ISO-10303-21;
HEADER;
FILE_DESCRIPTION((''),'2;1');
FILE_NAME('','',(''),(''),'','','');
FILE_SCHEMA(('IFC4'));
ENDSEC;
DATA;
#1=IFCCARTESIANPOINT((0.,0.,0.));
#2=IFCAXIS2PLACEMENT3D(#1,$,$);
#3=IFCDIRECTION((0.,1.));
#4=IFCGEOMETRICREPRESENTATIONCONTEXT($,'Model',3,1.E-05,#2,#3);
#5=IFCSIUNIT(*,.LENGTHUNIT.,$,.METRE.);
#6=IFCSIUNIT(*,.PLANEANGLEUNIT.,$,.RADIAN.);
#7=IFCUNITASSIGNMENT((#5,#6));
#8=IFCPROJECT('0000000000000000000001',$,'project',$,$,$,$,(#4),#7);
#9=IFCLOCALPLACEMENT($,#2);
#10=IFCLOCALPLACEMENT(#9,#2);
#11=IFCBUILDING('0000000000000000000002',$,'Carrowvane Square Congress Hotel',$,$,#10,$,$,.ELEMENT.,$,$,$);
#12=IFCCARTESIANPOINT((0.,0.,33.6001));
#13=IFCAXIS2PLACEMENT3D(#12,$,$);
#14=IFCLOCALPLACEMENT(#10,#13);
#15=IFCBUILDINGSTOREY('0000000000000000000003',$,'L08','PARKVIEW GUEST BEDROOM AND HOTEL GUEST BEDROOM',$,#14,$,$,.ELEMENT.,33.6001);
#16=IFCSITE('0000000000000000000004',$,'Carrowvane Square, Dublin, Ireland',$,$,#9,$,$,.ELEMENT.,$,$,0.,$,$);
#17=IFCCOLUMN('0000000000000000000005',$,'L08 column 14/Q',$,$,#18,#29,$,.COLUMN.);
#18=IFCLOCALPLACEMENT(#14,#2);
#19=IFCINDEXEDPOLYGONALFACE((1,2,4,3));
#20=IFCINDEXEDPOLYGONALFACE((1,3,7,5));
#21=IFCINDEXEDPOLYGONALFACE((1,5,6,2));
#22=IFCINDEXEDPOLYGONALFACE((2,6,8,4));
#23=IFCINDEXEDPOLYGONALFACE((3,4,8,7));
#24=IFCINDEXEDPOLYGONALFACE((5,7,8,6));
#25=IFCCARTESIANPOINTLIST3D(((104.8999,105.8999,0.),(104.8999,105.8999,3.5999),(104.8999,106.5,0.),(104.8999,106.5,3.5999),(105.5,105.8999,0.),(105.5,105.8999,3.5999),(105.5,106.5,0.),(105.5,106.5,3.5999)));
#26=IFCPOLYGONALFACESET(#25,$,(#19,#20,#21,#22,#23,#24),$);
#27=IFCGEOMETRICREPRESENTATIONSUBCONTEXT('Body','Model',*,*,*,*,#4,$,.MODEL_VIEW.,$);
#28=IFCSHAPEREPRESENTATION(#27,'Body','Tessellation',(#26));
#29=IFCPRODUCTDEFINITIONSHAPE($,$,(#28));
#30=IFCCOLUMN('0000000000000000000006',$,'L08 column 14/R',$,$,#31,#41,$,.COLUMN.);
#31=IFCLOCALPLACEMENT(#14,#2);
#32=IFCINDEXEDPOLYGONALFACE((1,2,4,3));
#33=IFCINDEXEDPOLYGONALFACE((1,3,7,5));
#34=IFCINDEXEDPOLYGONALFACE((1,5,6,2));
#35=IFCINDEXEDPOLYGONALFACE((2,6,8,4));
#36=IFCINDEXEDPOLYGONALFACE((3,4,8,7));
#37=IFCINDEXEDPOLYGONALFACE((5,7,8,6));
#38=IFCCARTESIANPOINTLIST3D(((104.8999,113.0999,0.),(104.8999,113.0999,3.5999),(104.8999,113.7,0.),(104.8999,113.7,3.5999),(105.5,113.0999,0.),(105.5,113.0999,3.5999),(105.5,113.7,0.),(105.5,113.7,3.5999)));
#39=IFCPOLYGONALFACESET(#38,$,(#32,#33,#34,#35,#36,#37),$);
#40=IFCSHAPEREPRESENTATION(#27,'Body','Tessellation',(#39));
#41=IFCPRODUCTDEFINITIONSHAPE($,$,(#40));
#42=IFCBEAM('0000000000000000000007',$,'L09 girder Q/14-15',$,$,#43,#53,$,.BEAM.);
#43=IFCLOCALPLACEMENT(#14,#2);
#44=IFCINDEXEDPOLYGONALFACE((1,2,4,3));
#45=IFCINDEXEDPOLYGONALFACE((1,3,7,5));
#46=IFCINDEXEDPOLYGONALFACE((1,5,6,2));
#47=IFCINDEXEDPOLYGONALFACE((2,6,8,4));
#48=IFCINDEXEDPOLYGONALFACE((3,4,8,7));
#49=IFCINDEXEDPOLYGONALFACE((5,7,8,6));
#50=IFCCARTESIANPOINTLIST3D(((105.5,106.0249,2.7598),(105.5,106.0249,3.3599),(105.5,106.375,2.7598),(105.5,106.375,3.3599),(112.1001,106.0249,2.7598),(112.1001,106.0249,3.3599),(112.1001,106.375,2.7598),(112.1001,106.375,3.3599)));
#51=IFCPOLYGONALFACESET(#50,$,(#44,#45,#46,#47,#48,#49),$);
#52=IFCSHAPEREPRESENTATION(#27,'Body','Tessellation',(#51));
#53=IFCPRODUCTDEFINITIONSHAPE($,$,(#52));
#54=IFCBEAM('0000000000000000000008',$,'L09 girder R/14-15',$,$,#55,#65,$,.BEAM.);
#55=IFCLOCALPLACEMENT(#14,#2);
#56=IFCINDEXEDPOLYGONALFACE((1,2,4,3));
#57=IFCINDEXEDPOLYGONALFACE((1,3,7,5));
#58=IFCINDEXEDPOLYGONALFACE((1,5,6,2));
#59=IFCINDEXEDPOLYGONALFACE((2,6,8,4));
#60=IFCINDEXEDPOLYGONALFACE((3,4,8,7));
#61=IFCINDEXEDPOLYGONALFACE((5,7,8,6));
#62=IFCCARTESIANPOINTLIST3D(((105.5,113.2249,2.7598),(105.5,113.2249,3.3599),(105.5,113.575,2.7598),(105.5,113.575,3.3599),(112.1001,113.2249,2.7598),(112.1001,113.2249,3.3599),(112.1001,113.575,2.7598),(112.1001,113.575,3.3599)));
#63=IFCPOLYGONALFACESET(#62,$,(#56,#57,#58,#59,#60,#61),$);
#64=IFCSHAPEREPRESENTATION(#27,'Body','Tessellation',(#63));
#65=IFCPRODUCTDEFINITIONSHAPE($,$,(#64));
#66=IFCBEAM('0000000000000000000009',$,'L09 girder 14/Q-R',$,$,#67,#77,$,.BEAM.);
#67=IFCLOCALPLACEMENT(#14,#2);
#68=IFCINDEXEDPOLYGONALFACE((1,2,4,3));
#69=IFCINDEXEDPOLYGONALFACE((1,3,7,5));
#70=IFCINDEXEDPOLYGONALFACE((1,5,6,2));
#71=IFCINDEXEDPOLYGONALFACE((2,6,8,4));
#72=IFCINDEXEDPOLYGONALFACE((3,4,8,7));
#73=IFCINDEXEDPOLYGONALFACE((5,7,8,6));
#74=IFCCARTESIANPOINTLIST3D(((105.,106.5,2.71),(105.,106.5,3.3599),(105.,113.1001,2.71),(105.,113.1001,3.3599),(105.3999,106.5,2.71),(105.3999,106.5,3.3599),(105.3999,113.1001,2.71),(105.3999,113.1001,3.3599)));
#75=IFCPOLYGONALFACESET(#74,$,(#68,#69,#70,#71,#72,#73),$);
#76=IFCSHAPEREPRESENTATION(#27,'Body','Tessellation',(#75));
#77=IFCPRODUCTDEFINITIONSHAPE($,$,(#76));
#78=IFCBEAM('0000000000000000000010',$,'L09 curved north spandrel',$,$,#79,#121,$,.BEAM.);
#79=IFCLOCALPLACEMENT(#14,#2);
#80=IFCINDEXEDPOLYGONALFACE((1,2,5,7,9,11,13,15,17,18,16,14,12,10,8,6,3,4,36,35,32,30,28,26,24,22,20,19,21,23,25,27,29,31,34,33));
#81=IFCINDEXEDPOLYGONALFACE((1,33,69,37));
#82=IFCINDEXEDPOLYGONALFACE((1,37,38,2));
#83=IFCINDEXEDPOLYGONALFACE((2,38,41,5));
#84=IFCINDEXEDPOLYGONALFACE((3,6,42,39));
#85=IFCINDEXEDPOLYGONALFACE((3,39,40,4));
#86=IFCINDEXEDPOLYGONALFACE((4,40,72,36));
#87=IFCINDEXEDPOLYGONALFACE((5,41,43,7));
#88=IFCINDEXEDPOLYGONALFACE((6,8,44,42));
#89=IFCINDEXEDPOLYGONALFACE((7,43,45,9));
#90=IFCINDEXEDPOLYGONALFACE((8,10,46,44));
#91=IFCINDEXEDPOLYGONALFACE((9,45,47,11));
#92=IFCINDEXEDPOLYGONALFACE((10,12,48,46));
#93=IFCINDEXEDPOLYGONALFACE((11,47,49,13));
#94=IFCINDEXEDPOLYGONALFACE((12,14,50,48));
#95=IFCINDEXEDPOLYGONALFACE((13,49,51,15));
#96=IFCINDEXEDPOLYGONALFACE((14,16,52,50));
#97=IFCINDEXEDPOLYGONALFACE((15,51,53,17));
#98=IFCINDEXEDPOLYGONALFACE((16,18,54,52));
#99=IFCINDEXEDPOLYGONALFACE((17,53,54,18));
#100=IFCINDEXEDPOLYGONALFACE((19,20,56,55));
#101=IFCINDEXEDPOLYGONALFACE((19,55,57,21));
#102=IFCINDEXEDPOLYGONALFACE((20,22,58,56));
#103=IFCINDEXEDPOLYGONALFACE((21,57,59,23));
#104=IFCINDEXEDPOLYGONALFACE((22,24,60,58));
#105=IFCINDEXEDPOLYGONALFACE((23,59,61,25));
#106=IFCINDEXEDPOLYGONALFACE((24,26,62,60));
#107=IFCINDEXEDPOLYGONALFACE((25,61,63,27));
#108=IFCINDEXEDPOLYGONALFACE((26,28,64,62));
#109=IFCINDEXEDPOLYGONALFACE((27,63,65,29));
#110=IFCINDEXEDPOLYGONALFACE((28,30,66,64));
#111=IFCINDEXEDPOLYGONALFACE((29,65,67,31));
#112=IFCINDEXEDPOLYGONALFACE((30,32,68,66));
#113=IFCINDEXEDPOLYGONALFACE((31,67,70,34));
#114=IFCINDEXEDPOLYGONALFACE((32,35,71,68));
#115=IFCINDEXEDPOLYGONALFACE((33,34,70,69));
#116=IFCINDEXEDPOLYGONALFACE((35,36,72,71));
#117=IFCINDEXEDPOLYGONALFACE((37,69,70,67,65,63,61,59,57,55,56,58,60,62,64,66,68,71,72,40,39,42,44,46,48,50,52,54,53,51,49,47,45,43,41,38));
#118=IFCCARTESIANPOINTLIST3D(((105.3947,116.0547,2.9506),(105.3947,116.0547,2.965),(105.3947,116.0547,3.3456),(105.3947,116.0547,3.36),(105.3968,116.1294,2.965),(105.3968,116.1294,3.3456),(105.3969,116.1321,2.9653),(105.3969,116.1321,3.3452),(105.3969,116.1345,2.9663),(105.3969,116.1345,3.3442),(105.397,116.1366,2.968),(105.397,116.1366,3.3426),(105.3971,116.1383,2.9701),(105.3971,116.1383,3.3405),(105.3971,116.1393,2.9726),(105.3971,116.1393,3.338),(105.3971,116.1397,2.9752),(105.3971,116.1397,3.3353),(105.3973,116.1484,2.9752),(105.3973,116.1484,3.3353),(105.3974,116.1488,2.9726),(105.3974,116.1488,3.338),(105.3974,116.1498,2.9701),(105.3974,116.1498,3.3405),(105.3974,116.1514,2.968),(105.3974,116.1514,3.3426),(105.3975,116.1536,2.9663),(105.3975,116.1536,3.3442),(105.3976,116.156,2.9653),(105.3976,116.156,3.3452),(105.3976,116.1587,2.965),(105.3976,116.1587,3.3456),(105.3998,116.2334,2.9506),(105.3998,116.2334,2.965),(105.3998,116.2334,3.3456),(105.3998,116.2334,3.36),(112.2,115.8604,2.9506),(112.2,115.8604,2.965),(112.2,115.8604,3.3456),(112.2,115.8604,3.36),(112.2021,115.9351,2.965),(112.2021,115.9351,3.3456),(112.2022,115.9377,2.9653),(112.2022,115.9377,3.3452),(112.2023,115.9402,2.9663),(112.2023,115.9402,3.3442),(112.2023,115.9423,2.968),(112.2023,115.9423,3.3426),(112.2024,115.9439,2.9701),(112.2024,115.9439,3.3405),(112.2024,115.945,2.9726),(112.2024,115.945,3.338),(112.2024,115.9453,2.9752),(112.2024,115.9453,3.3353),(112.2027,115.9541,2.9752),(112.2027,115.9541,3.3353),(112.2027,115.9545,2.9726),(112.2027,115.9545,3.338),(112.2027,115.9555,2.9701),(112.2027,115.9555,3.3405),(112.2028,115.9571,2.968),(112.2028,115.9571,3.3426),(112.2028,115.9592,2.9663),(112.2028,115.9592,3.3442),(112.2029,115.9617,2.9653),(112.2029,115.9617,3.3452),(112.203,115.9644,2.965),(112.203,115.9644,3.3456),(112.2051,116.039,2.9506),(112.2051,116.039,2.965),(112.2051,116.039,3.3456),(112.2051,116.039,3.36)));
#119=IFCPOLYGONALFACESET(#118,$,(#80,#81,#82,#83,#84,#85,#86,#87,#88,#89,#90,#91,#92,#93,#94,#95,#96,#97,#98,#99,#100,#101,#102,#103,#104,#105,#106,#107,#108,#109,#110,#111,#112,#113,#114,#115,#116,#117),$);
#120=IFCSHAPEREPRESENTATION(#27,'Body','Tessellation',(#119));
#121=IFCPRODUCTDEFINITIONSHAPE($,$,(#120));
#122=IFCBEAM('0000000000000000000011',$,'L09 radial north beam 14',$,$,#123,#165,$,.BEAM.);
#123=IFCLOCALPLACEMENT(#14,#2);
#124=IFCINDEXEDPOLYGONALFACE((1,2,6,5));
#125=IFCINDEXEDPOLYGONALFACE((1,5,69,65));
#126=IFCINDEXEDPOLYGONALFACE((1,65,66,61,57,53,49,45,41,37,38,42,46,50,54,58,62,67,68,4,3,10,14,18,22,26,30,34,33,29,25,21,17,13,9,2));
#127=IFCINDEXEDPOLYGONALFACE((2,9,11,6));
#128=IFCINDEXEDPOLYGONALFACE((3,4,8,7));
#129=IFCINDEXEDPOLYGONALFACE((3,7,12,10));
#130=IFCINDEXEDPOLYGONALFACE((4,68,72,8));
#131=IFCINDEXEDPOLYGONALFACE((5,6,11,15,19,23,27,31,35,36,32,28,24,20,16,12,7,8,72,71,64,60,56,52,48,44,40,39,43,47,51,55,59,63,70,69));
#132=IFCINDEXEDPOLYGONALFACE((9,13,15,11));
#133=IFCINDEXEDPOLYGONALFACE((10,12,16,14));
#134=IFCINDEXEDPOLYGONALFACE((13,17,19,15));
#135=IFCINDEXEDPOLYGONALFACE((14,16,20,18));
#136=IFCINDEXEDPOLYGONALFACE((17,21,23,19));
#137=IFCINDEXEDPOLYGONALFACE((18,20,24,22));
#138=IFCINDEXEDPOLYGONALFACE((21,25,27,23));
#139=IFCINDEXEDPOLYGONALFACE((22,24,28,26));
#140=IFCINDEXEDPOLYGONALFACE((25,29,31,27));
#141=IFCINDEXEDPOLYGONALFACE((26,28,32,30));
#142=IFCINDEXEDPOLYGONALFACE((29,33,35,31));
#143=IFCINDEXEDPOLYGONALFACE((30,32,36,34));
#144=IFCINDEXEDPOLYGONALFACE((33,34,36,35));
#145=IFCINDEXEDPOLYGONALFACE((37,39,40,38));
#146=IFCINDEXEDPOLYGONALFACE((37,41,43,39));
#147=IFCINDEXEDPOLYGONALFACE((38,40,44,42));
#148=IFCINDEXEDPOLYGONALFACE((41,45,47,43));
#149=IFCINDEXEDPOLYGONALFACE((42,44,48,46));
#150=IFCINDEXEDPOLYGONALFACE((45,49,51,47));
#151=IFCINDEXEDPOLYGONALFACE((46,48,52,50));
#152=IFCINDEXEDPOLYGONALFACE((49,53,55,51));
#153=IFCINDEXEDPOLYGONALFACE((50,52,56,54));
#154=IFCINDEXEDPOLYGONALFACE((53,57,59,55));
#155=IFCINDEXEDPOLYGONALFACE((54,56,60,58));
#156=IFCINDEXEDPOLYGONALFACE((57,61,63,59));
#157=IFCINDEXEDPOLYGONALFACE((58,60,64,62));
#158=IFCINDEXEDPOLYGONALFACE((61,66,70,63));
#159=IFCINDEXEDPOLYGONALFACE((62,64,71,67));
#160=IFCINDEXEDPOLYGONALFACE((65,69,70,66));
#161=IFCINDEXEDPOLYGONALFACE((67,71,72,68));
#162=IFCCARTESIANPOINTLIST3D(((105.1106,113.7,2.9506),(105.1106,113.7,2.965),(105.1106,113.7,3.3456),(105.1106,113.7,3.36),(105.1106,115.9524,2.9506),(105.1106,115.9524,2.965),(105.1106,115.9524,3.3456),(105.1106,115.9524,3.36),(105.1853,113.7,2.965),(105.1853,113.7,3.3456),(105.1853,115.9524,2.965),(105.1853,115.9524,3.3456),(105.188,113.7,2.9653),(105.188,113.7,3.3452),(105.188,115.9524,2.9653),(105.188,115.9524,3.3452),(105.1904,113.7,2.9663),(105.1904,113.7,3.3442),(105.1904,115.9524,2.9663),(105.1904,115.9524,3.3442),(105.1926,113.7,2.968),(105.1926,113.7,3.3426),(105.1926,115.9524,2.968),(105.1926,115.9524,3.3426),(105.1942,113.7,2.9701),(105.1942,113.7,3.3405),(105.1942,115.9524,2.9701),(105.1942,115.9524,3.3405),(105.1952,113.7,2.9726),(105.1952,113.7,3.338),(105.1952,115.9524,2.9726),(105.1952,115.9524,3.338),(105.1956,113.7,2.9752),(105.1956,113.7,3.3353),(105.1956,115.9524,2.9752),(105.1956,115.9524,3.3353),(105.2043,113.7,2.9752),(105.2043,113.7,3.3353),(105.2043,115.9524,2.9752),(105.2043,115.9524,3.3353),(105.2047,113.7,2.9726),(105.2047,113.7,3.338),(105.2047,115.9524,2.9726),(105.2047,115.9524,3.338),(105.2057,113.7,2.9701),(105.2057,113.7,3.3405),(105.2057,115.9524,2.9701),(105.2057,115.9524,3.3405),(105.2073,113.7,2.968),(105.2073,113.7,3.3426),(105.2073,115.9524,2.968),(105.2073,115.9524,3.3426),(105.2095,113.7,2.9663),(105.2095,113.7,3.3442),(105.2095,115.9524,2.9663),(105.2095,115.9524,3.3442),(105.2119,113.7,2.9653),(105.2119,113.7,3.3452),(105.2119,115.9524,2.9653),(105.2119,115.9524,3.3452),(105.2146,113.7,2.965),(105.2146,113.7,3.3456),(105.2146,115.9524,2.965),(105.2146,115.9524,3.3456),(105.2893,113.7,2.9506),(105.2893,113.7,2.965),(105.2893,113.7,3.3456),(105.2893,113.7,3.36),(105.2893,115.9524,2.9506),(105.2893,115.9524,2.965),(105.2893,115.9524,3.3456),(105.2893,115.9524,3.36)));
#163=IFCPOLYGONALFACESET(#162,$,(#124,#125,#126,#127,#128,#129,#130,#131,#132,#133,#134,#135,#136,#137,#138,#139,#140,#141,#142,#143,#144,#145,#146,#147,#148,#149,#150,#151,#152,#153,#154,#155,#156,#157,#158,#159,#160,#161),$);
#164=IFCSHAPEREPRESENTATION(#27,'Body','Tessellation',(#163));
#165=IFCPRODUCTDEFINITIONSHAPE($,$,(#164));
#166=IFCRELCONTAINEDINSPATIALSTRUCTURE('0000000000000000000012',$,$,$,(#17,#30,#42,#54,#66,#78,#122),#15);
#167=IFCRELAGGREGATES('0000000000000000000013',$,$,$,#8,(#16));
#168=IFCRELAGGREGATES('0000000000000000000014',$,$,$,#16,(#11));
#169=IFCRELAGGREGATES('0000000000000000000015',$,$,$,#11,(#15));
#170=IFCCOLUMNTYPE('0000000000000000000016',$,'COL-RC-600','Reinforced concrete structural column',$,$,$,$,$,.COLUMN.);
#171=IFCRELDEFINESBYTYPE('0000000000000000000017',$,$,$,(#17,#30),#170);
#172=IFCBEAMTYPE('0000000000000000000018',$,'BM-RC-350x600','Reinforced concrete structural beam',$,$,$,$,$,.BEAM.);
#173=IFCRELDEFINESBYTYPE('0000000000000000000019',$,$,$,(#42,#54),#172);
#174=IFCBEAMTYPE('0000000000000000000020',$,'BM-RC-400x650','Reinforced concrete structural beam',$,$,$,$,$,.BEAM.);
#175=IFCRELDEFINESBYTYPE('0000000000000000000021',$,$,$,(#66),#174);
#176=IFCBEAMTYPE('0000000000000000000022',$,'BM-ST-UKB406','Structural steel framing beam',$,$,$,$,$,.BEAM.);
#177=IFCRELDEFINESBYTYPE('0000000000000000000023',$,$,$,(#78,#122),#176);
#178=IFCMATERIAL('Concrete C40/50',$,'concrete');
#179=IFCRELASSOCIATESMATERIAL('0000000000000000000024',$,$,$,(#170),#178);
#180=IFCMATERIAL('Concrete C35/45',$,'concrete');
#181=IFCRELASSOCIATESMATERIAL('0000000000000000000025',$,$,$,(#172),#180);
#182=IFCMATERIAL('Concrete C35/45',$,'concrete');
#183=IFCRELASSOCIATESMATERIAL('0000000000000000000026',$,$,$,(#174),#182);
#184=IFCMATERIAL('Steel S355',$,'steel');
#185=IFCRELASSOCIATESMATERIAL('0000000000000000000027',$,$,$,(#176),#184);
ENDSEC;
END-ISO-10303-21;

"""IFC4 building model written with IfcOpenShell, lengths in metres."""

from ifc_helpers import new_model, si_unit, direction, frame, origin, origin_2d, place, context, subcontext, project, spatial, rectangle, i_section, extrude, material, material_profile, profile_set, type_object, element, save


model = new_model("IFC4")

# Units and contexts
model_context = context("Model", 3, precision=1e-05, world=origin(), true_north=direction((0.0, 1.0)))
body_context = subcontext(model_context, "Body", "Model", "MODEL_VIEW")
ifc_project = project(units=[si_unit("LENGTHUNIT", "METRE"), si_unit("PLANEANGLEUNIT", "RADIAN")], contexts=[model_context])

# Site, building, storey
site_placement = place(None, origin())
site = spatial("IfcSite", under=ifc_project, at=site_placement, Name="Carrowvane Square, Dublin, Ireland", CompositionType="ELEMENT", RefElevation=0.0)
building_placement = place(site_placement, origin())
building = spatial("IfcBuilding", under=site, at=building_placement, Name="Carrowvane Square Congress Hotel", CompositionType="ELEMENT")
storey_placement = place(building_placement, frame((0.0, 0.0, 33.6001)))
storey = spatial("IfcBuildingStorey", under=building, at=storey_placement, Name="L08", Description="PARKVIEW GUEST BEDROOM AND HOTEL GUEST BEDROOM", CompositionType="ELEMENT", Elevation=33.6001)

# Columns
ifc_material_1 = material(Name="Concrete C40/50", Category="concrete")
ifc_material_profile_1 = material_profile(ifc_material_1, rectangle(XDim=0.6001, YDim=0.6001, at=origin_2d()), Name="RC 600x600")
ifc_profile_set_1 = profile_set([ifc_material_profile_1], Name="Concrete C40/50")
column_type = type_object("IfcColumnType", Name="COL-RC-600", Description="Reinforced concrete structural column", PredefinedType="COLUMN", material=ifc_profile_set_1)
for number, where, z_axis, x_axis, name in (
    (1, (105.2, 106.2, 0.0), (0.0, 0.0, 1.0), (1.0, 0.0, 0.0), "L08 column 14/Q"),
    (2, (105.2, 113.3999, 0.0), (0.0, 0.0, 1.0), (1.0, 0.0, 0.0), "L08 column 14/R"),
):
    element("IfcColumn", number, at=place(storey_placement, frame(where, z_axis=z_axis, x_axis=x_axis)), inside=storey, type_object=column_type, Name=name, PredefinedType="COLUMN", context=body_context, shape_type="SweptSolid", body=[
        extrude(rectangle(XDim=0.6001, YDim=0.6001, at=origin_2d()), origin(), (0.0, 0.0, 1.0), 3.5999),
    ])

# Beams
ifc_material_2 = material(Name="Concrete C35/45", Category="concrete")
ifc_material_profile_2 = material_profile(ifc_material_2, rectangle(XDim=0.3501, YDim=0.6001, at=origin_2d()), Name="RC 350x600")
ifc_profile_set_2 = profile_set([ifc_material_profile_2], Name="Concrete C35/45")
beam_type_1 = type_object("IfcBeamType", Name="BM-RC-350x600", Description="Reinforced concrete structural beam", PredefinedType="BEAM", material=ifc_profile_set_2)
for number, where, z_axis, x_axis, name in (
    (3, (105.5, 106.2, 3.0598), (1.0, 0.0, 0.0), (0.0, 1.0, 0.0), "L09 girder Q/14-15"),
    (4, (105.5, 113.3999, 3.0598), (1.0, 0.0, 0.0), (0.0, 1.0, 0.0), "L09 girder R/14-15"),
):
    element("IfcBeam", number, at=place(storey_placement, frame(where, z_axis=z_axis, x_axis=x_axis)), inside=storey, type_object=beam_type_1, Name=name, PredefinedType="BEAM", context=body_context, shape_type="SweptSolid", body=[
        extrude(rectangle(XDim=0.3501, YDim=0.6001, at=origin_2d()), origin(), (0.0, 0.0, 1.0), 6.6001),
    ])
ifc_material_3 = material(Name="Concrete C35/45", Category="concrete")
ifc_material_profile_3 = material_profile(ifc_material_3, rectangle(XDim=0.3999, YDim=0.6499, at=origin_2d()), Name="RC 400x650")
ifc_profile_set_3 = profile_set([ifc_material_profile_3], Name="Concrete C35/45")
beam_type_2 = type_object("IfcBeamType", Name="BM-RC-400x650", Description="Reinforced concrete structural beam", PredefinedType="BEAM", material=ifc_profile_set_3)
beam_1_placement = place(storey_placement, frame((105.2, 106.5, 3.0349), z_axis=(0.0, 1.0, 0.0), x_axis=(-1.0, 0.0, 0.0)))
element("IfcBeam", 5, at=beam_1_placement, inside=storey, type_object=beam_type_2, Name="L09 girder 14/Q-R", PredefinedType="BEAM", context=body_context, shape_type="SweptSolid", body=[
    extrude(rectangle(XDim=0.3999, YDim=0.6499, at=origin_2d()), origin(), (0.0, 0.0, 1.0), 6.6001),
])
ifc_material_4 = material(Name="Steel S355", Category="steel")
ifc_material_profile_4 = material_profile(ifc_material_4, i_section(OverallWidth=0.1787, OverallDepth=0.4094, WebThickness=0.0088, FlangeThickness=0.0144, FilletRadius=0.0103, at=origin_2d()), Name="UKB 406x178x67")
ifc_profile_set_4 = profile_set([ifc_material_profile_4], Name="Steel S355")
beam_type_3 = type_object("IfcBeamType", Name="BM-ST-UKB406", Description="Structural steel framing beam", PredefinedType="BEAM", material=ifc_profile_set_4)
beam_2_placement = place(storey_placement, frame((105.3972, 116.144, 3.1553), z_axis=(0.999593, -0.028544, 0.0), x_axis=(0.028544, 0.999593, 0.0)))
element("IfcBeam", 6, at=beam_2_placement, inside=storey, type_object=beam_type_3, Name="L09 curved north spandrel", PredefinedType="BEAM", context=body_context, shape_type="SweptSolid", body=[
    extrude(i_section(OverallWidth=0.1787, OverallDepth=0.4094, WebThickness=0.0088, FlangeThickness=0.0144, FilletRadius=0.0103, at=origin_2d()), origin(), (0.0, 0.0, 1.0), 6.8081),
])
beam_3_placement = place(storey_placement, frame((105.2, 113.7, 3.1553), z_axis=(0.0, 1.0, 0.0), x_axis=(-1.0, 0.0, 0.0)))
element("IfcBeam", 7, at=beam_3_placement, inside=storey, type_object=beam_type_3, Name="L09 radial north beam 14", PredefinedType="BEAM", context=body_context, shape_type="SweptSolid", body=[
    extrude(i_section(OverallWidth=0.1787, OverallDepth=0.4094, WebThickness=0.0088, FlangeThickness=0.0144, FilletRadius=0.0103, at=origin_2d()), origin(), (0.0, 0.0, 1.0), 2.2524),
])

save(model, "model.ifc")
